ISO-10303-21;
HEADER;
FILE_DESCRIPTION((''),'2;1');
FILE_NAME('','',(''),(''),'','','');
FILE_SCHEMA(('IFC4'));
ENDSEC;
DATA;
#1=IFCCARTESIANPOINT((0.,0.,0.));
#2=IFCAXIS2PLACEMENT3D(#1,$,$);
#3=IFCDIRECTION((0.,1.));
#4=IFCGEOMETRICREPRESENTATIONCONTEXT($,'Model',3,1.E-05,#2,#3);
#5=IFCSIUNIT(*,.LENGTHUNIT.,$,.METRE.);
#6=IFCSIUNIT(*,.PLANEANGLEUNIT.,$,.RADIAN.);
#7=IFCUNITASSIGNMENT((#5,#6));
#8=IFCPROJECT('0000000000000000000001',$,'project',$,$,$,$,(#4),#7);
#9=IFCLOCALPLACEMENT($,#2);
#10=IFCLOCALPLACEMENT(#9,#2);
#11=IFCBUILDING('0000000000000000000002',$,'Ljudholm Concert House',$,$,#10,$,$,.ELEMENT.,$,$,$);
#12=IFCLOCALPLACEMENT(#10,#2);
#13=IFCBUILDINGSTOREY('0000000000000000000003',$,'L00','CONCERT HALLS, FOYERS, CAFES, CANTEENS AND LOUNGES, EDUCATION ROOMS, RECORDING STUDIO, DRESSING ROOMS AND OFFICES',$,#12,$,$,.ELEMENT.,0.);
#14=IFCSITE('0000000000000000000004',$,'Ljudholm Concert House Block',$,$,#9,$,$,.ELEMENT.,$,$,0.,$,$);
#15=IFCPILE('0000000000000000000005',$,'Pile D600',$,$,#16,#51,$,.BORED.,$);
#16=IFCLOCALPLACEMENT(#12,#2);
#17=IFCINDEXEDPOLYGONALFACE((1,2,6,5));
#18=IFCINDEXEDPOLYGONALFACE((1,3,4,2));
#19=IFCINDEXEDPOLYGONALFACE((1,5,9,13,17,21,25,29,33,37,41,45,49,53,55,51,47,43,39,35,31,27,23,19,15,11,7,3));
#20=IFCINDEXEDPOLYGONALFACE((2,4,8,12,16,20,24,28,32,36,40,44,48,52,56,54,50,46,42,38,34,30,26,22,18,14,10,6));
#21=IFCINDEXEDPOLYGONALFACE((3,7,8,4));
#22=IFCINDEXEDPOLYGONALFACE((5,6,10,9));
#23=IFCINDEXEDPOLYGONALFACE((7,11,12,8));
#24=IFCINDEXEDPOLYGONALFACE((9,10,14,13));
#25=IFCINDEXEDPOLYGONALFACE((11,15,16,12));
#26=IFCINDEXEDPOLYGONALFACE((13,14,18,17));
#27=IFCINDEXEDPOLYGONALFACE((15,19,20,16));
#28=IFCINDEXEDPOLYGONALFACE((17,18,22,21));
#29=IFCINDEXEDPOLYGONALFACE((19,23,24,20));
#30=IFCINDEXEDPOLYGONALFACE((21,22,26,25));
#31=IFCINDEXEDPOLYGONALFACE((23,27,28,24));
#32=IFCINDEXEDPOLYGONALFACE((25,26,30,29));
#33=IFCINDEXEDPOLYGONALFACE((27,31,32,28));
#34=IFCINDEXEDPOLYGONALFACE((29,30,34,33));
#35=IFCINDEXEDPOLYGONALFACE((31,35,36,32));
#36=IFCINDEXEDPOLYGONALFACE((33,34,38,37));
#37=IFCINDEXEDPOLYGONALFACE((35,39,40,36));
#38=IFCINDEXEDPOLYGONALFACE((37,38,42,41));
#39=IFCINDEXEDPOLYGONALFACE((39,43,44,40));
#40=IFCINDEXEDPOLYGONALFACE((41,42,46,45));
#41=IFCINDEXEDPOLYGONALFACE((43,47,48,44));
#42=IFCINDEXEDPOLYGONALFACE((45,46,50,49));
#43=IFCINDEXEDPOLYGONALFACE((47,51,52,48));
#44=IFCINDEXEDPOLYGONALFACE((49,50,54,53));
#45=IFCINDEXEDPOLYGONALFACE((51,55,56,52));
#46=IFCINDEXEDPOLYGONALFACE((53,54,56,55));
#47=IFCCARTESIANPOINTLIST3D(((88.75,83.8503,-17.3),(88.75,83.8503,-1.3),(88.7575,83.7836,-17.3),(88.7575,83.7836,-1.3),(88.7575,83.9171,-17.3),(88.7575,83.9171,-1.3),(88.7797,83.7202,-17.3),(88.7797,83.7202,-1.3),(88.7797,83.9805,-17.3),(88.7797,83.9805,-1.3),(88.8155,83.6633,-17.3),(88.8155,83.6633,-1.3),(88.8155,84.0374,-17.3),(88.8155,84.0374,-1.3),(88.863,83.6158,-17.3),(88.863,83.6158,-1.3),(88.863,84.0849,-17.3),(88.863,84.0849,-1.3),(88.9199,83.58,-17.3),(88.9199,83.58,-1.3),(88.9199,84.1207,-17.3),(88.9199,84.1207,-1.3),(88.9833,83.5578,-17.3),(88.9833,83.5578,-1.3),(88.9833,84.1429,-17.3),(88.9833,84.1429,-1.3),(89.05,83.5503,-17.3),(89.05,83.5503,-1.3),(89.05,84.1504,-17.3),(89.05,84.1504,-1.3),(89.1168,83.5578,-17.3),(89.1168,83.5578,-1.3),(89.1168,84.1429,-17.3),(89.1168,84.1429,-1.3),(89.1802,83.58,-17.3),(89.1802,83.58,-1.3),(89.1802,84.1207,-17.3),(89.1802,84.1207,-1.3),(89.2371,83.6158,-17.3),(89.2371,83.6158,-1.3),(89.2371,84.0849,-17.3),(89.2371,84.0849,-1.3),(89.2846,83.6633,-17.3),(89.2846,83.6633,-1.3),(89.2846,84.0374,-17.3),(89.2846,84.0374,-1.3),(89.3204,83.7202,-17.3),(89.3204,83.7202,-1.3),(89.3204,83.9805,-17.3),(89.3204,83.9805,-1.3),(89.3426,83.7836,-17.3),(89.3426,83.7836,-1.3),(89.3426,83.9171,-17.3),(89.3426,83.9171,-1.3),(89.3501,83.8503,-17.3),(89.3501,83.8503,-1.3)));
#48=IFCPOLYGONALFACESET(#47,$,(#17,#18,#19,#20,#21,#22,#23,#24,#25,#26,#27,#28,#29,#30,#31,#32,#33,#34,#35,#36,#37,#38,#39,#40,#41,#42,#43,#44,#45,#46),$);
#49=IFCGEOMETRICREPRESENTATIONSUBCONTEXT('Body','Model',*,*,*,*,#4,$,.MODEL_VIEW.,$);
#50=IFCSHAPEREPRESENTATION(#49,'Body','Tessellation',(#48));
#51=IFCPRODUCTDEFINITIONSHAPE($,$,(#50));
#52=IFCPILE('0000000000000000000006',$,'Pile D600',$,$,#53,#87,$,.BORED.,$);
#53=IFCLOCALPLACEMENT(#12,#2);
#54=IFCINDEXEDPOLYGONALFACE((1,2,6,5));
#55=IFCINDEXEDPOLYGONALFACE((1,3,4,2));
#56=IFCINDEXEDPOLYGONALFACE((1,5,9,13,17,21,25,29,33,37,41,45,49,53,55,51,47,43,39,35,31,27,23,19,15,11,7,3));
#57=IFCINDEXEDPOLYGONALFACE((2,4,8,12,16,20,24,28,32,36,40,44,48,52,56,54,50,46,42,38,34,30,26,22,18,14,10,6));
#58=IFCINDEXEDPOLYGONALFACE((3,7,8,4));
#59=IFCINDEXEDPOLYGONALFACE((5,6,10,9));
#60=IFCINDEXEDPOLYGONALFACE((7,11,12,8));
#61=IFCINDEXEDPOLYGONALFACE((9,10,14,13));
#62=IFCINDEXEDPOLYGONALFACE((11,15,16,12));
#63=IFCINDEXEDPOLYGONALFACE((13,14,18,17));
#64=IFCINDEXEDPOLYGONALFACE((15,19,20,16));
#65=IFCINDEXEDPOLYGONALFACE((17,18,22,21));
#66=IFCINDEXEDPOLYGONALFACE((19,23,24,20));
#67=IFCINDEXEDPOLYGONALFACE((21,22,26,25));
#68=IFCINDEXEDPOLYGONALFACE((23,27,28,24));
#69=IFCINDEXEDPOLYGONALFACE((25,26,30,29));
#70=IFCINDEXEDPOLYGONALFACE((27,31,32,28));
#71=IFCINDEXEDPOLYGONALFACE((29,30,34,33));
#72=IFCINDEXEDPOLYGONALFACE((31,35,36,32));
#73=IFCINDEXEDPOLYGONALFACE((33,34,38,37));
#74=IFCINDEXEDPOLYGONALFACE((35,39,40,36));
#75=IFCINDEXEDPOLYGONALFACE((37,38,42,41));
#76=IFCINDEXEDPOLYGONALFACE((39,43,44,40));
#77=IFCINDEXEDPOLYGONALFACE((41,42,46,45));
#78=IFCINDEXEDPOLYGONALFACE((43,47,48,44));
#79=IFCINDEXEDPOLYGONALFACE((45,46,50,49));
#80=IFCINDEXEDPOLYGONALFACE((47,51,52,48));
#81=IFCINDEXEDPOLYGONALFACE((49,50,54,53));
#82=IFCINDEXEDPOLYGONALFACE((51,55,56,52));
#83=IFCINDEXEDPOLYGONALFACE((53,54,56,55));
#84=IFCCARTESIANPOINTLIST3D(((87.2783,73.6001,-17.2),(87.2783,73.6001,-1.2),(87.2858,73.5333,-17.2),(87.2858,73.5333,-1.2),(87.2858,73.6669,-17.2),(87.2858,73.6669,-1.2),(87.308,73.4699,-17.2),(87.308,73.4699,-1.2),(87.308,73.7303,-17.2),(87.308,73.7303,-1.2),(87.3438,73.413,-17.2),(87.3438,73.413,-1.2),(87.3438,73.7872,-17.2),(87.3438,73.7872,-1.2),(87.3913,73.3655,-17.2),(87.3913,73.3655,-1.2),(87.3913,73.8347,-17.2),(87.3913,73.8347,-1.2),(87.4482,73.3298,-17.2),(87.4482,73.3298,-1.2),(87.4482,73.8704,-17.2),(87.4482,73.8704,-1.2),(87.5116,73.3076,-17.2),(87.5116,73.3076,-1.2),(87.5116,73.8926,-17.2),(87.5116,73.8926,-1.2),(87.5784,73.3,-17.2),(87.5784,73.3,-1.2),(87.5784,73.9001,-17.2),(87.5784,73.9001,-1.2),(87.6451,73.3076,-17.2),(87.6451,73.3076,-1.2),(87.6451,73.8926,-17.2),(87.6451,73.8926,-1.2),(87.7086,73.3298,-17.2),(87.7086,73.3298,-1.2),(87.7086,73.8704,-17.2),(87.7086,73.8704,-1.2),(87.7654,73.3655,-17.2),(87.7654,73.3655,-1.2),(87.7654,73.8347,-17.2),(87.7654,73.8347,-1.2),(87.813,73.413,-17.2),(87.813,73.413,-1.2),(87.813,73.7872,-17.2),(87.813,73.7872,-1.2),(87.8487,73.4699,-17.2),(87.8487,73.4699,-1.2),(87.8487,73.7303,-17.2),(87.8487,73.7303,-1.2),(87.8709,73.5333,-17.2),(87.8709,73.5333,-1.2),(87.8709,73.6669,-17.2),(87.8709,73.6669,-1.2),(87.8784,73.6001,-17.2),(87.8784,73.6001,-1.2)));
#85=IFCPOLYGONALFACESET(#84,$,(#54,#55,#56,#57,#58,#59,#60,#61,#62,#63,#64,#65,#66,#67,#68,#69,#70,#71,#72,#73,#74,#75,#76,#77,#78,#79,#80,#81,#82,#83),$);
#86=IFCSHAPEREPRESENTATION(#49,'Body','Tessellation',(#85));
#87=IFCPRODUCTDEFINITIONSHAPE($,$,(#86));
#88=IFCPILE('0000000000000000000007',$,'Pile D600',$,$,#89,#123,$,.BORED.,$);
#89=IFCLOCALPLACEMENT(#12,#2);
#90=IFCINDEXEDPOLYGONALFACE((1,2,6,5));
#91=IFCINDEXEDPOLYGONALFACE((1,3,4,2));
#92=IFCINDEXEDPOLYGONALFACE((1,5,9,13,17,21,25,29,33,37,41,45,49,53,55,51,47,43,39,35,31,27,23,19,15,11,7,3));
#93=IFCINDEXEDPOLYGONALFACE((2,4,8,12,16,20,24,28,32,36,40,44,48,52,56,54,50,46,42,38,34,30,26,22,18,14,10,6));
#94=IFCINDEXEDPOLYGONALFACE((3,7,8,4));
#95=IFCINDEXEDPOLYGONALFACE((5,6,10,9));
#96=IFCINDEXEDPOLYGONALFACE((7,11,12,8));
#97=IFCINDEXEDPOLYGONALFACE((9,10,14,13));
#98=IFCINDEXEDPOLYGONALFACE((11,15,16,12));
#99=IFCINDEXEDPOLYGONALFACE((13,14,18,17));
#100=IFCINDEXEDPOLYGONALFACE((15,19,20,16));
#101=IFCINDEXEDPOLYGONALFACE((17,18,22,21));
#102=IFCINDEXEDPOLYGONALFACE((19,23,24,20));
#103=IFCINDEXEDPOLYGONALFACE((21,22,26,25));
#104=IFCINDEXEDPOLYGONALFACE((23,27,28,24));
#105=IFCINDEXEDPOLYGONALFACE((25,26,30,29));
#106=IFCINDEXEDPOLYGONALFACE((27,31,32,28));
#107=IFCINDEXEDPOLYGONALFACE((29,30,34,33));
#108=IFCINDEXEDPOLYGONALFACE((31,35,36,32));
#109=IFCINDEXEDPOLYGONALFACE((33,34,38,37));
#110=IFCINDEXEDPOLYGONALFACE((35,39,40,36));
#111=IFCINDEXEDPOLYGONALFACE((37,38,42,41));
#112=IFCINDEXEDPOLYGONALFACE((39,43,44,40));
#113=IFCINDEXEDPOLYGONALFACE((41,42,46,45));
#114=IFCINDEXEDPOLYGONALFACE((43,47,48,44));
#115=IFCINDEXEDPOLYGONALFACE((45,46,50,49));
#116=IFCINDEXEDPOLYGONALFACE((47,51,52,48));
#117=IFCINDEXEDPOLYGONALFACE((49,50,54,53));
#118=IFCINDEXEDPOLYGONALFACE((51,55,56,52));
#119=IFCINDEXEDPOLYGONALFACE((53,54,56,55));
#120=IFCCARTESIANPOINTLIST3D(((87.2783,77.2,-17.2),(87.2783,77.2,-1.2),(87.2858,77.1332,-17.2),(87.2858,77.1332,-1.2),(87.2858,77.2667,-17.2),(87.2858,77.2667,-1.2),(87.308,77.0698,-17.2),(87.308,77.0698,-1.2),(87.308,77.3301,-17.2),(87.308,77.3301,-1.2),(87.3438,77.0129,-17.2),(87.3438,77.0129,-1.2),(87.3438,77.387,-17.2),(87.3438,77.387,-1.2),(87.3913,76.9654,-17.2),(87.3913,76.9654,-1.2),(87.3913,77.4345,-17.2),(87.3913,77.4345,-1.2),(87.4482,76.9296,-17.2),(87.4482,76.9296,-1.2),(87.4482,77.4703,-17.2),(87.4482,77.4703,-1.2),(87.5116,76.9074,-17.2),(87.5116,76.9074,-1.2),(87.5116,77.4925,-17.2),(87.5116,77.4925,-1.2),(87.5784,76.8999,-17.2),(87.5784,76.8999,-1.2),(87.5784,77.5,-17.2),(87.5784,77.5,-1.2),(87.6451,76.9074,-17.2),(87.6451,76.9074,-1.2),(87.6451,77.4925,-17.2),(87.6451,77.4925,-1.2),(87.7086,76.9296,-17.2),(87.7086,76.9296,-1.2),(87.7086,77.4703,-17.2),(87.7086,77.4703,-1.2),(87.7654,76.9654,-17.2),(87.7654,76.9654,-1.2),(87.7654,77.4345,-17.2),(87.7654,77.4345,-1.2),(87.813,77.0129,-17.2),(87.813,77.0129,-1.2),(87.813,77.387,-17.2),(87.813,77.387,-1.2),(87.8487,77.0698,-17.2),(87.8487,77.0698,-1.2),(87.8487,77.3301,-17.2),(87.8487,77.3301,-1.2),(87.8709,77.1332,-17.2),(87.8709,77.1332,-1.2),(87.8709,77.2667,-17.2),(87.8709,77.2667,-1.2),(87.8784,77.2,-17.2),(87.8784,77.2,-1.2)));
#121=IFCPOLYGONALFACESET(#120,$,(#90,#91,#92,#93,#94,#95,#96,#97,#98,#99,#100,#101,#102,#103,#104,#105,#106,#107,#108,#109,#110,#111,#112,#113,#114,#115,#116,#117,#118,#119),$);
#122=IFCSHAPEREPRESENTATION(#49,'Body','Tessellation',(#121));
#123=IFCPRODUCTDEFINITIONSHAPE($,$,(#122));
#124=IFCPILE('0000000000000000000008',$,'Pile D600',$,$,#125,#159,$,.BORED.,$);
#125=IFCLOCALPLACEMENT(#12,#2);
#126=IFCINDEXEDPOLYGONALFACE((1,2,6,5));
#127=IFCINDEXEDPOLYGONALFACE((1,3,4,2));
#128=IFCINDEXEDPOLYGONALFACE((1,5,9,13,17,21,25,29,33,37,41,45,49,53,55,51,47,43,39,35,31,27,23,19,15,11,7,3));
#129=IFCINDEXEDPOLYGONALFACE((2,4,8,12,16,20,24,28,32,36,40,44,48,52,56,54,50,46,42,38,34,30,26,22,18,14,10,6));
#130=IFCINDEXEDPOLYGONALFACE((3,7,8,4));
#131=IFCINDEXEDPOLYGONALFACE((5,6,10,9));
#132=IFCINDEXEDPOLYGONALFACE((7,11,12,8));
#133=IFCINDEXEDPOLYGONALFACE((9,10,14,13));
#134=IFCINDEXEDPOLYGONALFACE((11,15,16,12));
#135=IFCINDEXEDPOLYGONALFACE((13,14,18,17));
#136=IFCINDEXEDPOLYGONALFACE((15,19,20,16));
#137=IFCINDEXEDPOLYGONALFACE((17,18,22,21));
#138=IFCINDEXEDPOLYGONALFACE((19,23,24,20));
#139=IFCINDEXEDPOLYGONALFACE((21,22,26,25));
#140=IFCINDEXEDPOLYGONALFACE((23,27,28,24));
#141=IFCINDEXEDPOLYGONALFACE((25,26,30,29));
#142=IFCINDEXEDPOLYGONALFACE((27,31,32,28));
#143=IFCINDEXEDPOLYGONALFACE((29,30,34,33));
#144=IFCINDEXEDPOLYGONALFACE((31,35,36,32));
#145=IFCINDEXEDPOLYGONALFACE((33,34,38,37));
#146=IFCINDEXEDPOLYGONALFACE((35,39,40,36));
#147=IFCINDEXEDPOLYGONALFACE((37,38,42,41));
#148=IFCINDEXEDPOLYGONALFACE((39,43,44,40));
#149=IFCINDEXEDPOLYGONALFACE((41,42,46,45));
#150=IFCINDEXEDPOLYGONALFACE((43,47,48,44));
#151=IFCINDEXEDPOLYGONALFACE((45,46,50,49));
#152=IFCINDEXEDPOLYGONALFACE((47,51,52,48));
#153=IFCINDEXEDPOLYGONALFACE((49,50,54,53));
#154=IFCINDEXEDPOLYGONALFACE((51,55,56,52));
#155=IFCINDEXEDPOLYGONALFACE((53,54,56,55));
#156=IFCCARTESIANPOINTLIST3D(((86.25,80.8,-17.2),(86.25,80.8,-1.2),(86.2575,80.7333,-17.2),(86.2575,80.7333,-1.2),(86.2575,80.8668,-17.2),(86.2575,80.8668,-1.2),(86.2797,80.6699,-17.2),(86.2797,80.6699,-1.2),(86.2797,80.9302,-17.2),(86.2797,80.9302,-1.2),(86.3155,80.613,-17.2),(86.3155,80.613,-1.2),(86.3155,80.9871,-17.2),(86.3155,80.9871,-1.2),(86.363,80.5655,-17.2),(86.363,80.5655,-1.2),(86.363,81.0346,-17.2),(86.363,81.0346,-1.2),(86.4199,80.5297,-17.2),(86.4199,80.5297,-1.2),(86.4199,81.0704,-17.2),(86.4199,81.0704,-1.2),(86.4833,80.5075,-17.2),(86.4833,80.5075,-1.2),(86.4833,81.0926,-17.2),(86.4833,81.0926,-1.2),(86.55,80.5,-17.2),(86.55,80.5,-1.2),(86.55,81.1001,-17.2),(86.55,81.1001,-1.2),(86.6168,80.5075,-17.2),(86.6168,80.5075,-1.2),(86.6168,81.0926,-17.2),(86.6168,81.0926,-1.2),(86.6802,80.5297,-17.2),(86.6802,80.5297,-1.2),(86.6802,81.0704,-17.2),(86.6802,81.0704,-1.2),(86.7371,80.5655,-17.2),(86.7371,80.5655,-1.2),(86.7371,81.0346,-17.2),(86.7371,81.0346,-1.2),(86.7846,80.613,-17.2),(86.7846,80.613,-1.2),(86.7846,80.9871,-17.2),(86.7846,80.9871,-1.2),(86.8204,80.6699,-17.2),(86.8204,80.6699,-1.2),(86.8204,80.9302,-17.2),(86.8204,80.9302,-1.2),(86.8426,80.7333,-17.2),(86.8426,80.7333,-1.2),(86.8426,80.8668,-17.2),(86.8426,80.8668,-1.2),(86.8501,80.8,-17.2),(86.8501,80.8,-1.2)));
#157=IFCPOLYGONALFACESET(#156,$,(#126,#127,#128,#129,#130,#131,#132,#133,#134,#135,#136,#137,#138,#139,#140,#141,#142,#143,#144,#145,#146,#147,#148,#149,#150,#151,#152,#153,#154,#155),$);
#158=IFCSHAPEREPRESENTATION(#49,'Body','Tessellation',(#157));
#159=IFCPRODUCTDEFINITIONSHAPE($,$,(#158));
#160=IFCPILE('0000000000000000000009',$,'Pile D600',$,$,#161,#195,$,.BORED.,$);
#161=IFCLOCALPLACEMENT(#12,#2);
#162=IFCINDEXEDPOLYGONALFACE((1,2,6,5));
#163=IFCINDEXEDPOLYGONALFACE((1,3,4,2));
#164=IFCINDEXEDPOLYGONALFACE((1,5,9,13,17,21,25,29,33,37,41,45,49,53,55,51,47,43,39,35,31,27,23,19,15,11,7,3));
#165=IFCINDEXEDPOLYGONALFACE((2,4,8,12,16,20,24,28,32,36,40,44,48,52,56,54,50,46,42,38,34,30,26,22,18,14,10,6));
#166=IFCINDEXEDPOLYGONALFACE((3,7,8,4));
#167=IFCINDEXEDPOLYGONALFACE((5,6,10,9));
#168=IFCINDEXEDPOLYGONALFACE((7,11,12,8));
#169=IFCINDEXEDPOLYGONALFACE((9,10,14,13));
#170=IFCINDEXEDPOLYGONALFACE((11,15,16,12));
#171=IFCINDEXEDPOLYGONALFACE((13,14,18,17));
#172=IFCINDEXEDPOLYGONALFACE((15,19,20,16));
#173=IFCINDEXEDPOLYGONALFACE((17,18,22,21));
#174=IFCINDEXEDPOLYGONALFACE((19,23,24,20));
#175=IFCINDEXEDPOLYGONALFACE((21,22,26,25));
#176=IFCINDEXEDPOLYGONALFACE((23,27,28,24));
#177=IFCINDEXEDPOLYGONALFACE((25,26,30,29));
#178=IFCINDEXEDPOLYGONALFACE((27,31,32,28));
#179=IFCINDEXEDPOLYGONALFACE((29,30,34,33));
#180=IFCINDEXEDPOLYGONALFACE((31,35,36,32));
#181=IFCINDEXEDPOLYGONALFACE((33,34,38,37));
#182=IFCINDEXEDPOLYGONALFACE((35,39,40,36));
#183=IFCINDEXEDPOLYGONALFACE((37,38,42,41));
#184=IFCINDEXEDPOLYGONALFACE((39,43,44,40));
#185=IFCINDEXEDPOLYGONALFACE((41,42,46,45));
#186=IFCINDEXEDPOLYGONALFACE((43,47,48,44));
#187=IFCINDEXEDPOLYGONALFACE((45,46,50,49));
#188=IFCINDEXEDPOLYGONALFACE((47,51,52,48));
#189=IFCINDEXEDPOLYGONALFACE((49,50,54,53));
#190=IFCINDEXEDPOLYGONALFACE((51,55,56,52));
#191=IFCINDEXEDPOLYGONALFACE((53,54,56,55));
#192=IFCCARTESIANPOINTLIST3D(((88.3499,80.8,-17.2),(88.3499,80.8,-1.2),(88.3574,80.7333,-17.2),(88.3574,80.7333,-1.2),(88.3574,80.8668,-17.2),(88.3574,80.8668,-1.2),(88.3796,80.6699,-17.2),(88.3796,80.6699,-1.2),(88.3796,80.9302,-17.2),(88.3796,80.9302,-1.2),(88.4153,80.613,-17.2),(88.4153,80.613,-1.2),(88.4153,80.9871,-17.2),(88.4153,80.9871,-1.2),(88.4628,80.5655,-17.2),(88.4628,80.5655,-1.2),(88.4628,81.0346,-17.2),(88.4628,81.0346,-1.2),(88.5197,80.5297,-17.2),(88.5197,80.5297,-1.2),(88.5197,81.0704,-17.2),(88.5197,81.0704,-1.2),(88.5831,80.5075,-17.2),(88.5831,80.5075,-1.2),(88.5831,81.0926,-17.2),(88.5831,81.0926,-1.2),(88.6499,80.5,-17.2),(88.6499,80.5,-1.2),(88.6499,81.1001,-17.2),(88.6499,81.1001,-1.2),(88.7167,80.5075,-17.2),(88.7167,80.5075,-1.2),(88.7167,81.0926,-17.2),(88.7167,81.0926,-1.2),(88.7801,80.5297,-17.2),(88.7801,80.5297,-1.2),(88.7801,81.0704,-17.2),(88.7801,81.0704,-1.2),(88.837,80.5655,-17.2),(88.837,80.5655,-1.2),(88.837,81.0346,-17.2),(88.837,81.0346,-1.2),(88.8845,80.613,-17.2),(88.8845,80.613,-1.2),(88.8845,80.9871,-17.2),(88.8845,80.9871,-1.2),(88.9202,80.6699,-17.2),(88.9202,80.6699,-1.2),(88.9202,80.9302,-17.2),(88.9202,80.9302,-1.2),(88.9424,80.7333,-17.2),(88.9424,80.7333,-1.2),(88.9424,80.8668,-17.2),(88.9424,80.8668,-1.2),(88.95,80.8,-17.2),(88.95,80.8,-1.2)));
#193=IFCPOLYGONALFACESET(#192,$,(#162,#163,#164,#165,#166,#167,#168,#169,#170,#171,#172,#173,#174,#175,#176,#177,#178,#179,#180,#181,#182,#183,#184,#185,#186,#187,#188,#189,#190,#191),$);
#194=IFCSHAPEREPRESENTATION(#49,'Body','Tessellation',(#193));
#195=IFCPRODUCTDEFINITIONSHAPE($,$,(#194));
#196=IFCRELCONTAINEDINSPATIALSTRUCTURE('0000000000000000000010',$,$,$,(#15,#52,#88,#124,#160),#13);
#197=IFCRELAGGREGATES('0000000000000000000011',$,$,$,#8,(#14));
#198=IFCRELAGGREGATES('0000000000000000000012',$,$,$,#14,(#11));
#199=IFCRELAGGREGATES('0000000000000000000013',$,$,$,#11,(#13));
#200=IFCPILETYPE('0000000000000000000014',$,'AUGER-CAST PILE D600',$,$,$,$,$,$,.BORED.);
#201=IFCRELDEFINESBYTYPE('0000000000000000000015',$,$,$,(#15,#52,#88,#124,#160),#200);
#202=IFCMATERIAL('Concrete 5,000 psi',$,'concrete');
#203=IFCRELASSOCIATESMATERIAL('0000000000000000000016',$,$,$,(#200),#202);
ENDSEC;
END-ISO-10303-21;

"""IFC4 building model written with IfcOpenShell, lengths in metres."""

from ifc_helpers import new_model, si_unit, direction, frame, origin, origin_2d, place, context, subcontext, project, spatial, circle, extrude, material, material_profile, profile_set, type_object, element, save


model = new_model("IFC4")

# Units and contexts
model_context = context("Model", 3, precision=1e-05, world=origin(), true_north=direction((0.0, 1.0)))
body_context = subcontext(model_context, "Body", "Model", "MODEL_VIEW")
ifc_project = project(units=[si_unit("LENGTHUNIT", "METRE"), si_unit("PLANEANGLEUNIT", "RADIAN")], contexts=[model_context])

# Site, building, storey
site_placement = place(None, origin())
site = spatial("IfcSite", under=ifc_project, at=site_placement, Name="Ljudholm Concert House Block", CompositionType="ELEMENT", RefElevation=0.0)
building_placement = place(site_placement, origin())
building = spatial("IfcBuilding", under=site, at=building_placement, Name="Ljudholm Concert House", CompositionType="ELEMENT")
storey_placement = place(building_placement, origin())
storey = spatial("IfcBuildingStorey", under=building, at=storey_placement, Name="L00", Description="CONCERT HALLS, FOYERS, CAFES, CANTEENS AND LOUNGES, EDUCATION ROOMS, RECORDING STUDIO, DRESSING ROOMS AND OFFICES", CompositionType="ELEMENT", Elevation=0.0)

# Piles
ifc_material_1 = material(Name="Concrete 5,000 psi", Category="concrete")
ifc_material_profile_1 = material_profile(ifc_material_1, circle(Radius=0.3, at=origin_2d()), Name="AUGER-CAST PILE D600")
ifc_profile_set_1 = profile_set([ifc_material_profile_1], Name="Concrete 5,000 psi")
pile_type = type_object("IfcPileType", Name="AUGER-CAST PILE D600", PredefinedType="BORED", material=ifc_profile_set_1)
for number, where, z_axis, x_axis, name in (
    (1, (89.05, 83.8503, -1.3), (0.0, 0.0, -1.0), (1.0, 0.0, 0.0), "Pile D600"),
    (2, (87.5784, 73.6001, -1.2), (0.0, 0.0, -1.0), (1.0, 0.0, 0.0), "Pile D600"),
    (3, (87.5784, 77.2, -1.2), (0.0, 0.0, -1.0), (1.0, 0.0, 0.0), "Pile D600"),
    (4, (86.55, 80.8, -1.2), (0.0, 0.0, -1.0), (1.0, 0.0, 0.0), "Pile D600"),
    (5, (88.6499, 80.8, -1.2), (0.0, 0.0, -1.0), (1.0, 0.0, 0.0), "Pile D600"),
):
    element("IfcPile", number, at=place(storey_placement, frame(where, z_axis=z_axis, x_axis=x_axis)), inside=storey, type_object=pile_type, Name=name, PredefinedType="BORED", context=body_context, shape_type="SweptSolid", body=[
        extrude(circle(Radius=0.3, at=origin_2d()), origin(), (0.0, 0.0, 1.0), 16.0),
    ])

save(model, "model.ifc")
